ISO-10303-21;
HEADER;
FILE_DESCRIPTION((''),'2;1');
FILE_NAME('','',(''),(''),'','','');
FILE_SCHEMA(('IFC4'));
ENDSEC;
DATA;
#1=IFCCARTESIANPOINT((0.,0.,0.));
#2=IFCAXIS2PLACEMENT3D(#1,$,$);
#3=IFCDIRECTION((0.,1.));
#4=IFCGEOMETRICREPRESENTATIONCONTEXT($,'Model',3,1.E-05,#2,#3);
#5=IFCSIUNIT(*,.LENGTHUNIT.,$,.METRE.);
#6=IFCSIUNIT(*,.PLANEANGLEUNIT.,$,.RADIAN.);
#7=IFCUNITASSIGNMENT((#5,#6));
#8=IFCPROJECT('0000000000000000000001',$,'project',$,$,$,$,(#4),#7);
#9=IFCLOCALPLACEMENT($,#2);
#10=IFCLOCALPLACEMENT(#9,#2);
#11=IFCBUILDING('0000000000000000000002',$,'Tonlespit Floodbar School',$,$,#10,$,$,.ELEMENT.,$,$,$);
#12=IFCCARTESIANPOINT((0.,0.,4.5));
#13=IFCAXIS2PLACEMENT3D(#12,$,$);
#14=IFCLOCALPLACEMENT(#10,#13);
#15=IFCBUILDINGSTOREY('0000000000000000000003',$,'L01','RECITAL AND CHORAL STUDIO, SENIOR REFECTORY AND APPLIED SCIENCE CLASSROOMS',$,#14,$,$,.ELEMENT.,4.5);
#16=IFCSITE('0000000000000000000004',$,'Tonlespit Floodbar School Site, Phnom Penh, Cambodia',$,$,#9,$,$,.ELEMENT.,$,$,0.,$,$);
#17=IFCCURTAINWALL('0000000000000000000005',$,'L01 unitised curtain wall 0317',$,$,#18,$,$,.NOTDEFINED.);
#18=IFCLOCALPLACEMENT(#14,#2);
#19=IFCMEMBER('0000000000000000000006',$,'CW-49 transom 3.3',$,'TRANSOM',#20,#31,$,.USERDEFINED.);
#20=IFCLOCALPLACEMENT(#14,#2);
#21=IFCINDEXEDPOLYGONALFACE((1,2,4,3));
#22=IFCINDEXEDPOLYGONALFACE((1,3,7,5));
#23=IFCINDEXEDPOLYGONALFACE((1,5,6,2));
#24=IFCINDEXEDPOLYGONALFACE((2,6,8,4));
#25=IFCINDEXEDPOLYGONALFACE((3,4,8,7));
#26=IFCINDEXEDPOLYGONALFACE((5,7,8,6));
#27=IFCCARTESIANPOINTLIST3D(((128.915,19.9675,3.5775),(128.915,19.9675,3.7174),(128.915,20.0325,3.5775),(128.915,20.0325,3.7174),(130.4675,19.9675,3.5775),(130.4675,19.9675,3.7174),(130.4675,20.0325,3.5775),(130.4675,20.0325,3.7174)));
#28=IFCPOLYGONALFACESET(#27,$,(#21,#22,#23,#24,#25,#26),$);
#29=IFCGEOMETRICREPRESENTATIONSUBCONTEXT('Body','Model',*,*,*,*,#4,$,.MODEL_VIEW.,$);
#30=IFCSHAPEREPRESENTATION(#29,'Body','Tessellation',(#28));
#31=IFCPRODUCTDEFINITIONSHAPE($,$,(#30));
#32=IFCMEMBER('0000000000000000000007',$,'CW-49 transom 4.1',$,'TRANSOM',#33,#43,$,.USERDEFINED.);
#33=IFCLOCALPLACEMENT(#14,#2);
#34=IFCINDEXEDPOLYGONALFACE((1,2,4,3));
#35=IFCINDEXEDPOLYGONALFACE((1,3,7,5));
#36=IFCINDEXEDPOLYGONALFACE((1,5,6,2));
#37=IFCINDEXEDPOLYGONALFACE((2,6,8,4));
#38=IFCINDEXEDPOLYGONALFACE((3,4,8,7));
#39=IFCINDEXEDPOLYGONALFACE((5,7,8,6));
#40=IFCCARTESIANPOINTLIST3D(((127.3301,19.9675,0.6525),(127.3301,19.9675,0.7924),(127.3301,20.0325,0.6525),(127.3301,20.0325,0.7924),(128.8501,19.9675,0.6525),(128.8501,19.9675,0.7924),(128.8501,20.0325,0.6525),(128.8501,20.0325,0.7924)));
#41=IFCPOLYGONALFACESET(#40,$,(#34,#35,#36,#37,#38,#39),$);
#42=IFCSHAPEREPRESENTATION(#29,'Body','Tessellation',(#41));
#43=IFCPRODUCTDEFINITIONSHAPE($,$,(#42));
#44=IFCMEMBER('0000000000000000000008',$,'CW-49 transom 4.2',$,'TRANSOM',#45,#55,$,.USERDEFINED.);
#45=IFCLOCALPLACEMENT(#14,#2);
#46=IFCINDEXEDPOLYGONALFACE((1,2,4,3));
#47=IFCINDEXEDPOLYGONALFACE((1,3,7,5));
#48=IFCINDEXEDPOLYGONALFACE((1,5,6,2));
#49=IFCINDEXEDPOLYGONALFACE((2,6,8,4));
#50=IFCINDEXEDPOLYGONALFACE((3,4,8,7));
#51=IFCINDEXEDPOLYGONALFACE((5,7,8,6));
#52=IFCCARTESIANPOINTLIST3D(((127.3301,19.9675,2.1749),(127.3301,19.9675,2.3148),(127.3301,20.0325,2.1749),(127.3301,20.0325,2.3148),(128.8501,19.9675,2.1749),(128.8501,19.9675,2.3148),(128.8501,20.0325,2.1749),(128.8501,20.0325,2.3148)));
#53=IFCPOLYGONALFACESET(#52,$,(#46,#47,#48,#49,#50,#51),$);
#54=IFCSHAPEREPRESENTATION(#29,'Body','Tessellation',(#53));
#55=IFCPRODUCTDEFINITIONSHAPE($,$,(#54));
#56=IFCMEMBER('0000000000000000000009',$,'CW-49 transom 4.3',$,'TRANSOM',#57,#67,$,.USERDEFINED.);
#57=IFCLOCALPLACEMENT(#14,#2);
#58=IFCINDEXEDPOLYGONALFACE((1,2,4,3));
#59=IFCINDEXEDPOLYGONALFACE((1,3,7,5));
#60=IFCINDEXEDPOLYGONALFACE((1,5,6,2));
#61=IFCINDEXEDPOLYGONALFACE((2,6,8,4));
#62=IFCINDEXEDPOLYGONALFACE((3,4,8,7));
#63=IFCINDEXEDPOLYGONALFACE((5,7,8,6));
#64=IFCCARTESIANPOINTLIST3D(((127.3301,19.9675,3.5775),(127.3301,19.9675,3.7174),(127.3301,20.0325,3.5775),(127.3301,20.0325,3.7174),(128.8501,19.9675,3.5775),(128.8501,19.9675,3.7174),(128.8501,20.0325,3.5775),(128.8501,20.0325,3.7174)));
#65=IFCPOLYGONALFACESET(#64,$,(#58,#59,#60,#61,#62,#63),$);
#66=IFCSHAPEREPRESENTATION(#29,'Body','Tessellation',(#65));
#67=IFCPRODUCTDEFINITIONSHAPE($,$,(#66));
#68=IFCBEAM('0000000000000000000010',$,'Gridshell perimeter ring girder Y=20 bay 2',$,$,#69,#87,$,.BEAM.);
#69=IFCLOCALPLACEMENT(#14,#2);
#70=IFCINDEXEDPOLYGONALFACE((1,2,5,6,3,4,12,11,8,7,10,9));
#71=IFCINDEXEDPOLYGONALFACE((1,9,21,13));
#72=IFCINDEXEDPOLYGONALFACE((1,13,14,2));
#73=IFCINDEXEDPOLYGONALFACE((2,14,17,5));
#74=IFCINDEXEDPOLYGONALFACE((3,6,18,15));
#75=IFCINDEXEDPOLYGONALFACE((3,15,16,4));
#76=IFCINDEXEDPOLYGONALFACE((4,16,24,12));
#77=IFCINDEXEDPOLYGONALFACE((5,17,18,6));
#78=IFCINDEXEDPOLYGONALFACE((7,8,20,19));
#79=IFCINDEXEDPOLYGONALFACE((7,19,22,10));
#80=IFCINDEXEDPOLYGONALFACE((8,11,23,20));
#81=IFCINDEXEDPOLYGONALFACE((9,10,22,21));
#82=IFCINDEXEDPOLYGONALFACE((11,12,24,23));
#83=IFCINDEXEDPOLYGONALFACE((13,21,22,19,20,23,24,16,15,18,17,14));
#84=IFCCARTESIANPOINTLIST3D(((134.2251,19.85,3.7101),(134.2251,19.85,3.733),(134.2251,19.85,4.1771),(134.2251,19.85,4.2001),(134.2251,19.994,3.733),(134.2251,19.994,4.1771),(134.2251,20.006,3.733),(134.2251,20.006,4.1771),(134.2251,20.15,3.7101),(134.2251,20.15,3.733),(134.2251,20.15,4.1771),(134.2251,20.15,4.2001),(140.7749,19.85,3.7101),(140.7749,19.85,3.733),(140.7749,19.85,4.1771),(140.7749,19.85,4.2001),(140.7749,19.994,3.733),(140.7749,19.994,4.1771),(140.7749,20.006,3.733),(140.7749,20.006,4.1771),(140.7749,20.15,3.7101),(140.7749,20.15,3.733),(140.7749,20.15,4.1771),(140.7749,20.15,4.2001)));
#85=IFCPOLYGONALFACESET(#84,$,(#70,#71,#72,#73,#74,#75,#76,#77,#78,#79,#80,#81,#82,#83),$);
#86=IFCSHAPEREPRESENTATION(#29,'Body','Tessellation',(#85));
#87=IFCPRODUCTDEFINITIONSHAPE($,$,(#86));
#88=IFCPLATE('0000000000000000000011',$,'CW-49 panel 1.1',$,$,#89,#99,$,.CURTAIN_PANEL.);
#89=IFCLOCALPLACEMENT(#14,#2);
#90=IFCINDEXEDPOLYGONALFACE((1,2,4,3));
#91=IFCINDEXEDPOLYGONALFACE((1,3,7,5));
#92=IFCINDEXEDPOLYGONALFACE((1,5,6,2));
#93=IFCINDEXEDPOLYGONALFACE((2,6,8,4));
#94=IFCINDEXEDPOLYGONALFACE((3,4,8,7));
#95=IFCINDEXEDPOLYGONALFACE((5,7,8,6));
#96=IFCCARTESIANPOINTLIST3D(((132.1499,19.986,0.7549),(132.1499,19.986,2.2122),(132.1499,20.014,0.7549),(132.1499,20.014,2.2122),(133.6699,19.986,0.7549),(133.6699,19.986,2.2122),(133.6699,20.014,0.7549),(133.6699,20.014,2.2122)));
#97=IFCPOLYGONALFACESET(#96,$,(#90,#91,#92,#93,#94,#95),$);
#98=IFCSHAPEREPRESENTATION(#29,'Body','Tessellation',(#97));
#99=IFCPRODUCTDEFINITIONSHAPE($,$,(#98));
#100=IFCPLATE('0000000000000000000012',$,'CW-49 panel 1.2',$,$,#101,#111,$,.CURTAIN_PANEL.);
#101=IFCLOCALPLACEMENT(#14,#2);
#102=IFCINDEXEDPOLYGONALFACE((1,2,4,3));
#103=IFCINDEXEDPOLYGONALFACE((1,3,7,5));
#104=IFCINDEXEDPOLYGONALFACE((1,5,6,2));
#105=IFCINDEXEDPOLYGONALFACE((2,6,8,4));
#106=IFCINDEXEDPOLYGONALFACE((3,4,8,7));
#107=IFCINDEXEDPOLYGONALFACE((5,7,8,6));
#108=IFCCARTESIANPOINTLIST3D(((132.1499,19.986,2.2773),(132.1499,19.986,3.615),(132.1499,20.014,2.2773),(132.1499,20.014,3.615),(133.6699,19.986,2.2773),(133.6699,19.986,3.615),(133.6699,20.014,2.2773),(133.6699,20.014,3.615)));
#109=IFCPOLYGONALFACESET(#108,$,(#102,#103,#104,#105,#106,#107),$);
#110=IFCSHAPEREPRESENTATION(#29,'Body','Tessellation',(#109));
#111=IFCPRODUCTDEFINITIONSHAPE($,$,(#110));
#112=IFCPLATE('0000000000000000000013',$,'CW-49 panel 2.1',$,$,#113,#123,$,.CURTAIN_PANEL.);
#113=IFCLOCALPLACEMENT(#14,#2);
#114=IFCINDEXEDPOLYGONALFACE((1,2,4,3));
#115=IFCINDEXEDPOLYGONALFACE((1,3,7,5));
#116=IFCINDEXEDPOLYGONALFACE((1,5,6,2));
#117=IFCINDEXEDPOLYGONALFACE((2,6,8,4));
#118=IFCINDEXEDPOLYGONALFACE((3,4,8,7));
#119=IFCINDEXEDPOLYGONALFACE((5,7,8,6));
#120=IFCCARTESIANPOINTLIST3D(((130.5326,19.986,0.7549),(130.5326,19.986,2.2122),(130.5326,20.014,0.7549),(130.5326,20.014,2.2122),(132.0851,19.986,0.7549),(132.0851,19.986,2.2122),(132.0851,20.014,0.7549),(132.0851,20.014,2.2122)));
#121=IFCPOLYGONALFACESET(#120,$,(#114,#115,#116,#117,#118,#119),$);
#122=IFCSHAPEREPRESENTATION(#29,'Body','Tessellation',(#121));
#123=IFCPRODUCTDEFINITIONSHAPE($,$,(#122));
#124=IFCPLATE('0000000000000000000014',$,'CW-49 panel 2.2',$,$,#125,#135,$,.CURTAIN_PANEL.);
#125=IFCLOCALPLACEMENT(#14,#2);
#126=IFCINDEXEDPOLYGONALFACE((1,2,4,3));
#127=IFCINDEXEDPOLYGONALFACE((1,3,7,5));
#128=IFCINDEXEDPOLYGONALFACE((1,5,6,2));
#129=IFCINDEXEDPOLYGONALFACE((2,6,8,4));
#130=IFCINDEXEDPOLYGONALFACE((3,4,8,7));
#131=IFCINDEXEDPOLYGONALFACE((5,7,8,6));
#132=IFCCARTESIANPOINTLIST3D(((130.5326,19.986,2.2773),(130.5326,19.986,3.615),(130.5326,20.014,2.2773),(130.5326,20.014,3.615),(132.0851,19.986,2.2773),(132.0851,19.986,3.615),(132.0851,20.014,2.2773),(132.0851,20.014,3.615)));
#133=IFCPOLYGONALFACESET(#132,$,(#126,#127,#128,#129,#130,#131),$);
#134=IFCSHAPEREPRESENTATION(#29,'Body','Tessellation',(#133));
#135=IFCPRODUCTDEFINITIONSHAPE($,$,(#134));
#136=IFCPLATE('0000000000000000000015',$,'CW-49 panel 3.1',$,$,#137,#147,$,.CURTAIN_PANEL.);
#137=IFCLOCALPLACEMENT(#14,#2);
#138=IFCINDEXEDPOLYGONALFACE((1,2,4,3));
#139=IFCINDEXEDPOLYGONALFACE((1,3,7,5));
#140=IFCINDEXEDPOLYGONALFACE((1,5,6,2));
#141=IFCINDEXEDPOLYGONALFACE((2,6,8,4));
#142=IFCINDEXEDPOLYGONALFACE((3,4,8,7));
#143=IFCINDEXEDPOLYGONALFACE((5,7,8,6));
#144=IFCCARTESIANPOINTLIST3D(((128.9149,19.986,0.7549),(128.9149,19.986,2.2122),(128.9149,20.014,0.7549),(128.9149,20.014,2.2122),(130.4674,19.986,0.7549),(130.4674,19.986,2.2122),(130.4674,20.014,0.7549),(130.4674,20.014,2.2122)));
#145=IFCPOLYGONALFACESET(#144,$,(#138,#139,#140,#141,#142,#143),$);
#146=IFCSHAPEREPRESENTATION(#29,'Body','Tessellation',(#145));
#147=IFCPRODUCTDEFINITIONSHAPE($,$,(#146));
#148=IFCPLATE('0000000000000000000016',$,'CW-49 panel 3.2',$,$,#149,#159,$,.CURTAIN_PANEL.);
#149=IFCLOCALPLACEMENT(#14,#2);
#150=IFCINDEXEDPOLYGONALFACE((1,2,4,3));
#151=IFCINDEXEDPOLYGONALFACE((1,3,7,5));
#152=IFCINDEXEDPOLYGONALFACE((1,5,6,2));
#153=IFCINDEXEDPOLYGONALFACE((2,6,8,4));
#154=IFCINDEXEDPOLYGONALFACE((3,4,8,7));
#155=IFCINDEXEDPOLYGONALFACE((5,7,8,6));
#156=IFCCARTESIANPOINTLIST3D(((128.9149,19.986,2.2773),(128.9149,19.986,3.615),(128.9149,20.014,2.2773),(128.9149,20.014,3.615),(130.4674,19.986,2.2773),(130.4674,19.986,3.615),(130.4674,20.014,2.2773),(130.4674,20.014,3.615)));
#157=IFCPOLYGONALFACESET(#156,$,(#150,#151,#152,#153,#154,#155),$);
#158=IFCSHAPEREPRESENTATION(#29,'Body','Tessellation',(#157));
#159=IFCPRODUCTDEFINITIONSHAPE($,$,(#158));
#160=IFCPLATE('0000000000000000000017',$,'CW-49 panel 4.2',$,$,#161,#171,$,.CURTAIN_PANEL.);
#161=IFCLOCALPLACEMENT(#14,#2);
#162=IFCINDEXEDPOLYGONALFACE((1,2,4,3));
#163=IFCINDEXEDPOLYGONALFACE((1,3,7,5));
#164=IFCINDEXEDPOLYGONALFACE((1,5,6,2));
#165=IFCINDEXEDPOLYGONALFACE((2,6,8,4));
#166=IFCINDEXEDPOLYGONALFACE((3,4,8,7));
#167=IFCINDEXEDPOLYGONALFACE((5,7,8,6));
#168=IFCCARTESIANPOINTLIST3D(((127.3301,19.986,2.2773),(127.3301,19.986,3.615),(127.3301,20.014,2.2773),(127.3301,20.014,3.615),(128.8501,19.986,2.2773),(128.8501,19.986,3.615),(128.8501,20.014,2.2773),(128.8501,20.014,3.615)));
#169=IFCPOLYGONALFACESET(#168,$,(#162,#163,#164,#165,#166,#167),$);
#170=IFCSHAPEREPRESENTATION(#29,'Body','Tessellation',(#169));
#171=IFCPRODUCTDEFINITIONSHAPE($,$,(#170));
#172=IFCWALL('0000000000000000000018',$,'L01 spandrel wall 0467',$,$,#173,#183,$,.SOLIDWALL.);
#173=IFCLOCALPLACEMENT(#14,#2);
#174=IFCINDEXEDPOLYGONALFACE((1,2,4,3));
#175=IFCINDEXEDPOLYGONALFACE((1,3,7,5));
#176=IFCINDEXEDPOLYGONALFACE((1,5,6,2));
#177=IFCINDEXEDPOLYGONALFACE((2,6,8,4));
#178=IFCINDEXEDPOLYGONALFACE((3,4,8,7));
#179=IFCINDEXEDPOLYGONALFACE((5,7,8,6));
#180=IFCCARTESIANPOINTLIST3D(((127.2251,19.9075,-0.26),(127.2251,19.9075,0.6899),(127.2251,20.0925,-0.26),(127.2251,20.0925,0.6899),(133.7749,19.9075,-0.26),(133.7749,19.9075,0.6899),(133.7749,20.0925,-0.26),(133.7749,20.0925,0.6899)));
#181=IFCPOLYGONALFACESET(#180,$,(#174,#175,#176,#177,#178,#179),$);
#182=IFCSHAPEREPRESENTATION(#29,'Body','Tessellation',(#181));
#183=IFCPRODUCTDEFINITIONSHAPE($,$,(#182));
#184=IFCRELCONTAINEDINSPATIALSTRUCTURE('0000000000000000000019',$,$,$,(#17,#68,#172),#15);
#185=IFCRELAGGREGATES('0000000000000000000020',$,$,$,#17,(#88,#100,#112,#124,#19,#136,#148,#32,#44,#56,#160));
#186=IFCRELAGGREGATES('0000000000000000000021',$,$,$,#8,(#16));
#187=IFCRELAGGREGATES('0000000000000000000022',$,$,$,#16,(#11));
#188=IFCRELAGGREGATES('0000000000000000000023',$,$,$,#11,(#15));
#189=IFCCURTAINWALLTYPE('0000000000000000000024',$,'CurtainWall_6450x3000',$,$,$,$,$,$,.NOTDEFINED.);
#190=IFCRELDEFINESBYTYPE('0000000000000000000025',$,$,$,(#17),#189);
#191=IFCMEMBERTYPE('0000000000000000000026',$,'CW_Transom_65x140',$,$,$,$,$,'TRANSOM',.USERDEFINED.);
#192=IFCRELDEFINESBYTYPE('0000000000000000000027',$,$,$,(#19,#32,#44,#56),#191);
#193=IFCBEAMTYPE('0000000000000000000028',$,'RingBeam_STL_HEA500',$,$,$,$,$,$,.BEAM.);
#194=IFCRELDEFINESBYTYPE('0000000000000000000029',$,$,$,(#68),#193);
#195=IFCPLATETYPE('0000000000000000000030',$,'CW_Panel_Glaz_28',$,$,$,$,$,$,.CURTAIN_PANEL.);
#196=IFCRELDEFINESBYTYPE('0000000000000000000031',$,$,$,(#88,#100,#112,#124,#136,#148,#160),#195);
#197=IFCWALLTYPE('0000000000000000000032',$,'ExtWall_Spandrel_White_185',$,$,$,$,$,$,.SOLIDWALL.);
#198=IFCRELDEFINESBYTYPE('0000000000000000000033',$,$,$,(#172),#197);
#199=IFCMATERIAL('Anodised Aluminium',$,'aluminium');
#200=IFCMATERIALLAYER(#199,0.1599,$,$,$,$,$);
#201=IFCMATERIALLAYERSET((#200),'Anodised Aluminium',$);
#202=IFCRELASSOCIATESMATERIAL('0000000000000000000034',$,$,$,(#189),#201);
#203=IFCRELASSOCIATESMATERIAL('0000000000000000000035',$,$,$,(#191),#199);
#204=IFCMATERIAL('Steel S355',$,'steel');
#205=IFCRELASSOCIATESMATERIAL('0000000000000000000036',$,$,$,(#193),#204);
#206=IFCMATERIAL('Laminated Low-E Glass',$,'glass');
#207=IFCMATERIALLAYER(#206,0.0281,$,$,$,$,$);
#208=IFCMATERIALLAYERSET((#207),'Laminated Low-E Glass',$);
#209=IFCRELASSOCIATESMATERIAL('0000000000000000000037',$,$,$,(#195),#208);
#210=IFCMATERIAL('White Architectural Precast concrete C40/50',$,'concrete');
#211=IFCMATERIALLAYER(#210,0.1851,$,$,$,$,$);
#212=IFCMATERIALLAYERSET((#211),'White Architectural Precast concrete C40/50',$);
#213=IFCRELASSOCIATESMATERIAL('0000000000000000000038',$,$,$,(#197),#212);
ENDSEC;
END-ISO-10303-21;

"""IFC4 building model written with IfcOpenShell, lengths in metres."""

from ifc_helpers import new_model, si_unit, direction, frame, frame_2d, origin, origin_2d, place, context, subcontext, project, spatial, rectangle, i_section, extrude, material, layer, layer_set, material_profile, profile_set, type_object, element, aggregate, save


model = new_model("IFC4")

# Units and contexts
model_context = context("Model", 3, precision=1e-05, world=origin(), true_north=direction((0.0, 1.0)))
body_context = subcontext(model_context, "Body", "Model", "MODEL_VIEW")
ifc_project = project(units=[si_unit("LENGTHUNIT", "METRE"), si_unit("PLANEANGLEUNIT", "RADIAN")], contexts=[model_context])

# Site, building, storey
site_placement = place(None, origin())
site = spatial("IfcSite", under=ifc_project, at=site_placement, Name="Tonlespit Floodbar School Site, Phnom Penh, Cambodia", CompositionType="ELEMENT", RefElevation=0.0)
building_placement = place(site_placement, origin())
building = spatial("IfcBuilding", under=site, at=building_placement, Name="Tonlespit Floodbar School", CompositionType="ELEMENT")
storey_placement = place(building_placement, frame((0.0, 0.0, 4.5)))
storey = spatial("IfcBuildingStorey", under=building, at=storey_placement, Name="L01", Description="RECITAL AND CHORAL STUDIO, SENIOR REFECTORY AND APPLIED SCIENCE CLASSROOMS", CompositionType="ELEMENT", Elevation=4.5)

# Shared definitions
ifc_material_1 = material(Name="Anodised Aluminium", Category="aluminium")
ifc_layer_1 = layer(ifc_material_1, 0.1599)
ifc_layer_set_1 = layer_set([ifc_layer_1], Name="Anodised Aluminium")
curtain_wall_type = type_object("IfcCurtainWallType", Name="CurtainWall_6450x3000", PredefinedType="NOTDEFINED", material=ifc_layer_set_1)

# Curtain wall, members
curtain_wall_1_placement = place(storey_placement, origin())
curtain_wall_1 = element("IfcCurtainWall", 1, at=curtain_wall_1_placement, inside=storey, type_object=curtain_wall_type, Name="L01 unitised curtain wall 0317", PredefinedType="NOTDEFINED")
ifc_material_profile_1 = material_profile(ifc_material_1, rectangle(XDim=0.0649, YDim=0.1399, at=origin_2d()), Name="ALU T65x140")
ifc_profile_set_1 = profile_set([ifc_material_profile_1], Name="Anodised Aluminium")
member_type_1 = type_object("IfcMemberType", Name="CW_Transom_65x140", ElementType="TRANSOM", PredefinedType="USERDEFINED", material=ifc_profile_set_1)
member_1_placement = place(storey_placement, frame((130.4675, 20.0, 3.6475), z_axis=(-1.0, 0.0, 0.0), x_axis=(0.0, -1.0, 0.0)))
member_1 = element("IfcMember", 2, at=member_1_placement, type_object=member_type_1, Name="CW-49 transom 3.3", ObjectType="TRANSOM", PredefinedType="USERDEFINED", context=body_context, shape_type="SweptSolid", body=[
    extrude(rectangle(XDim=0.0649, YDim=0.1399, at=origin_2d()), origin(), (0.0, 0.0, 1.0), 1.5525),
])
member_2_placement = place(storey_placement, frame((128.8501, 20.0, 0.7224), z_axis=(-1.0, 0.0, 0.0), x_axis=(0.0, -1.0, 0.0)))
member_2 = element("IfcMember", 3, at=member_2_placement, type_object=member_type_1, Name="CW-49 transom 4.1", ObjectType="TRANSOM", PredefinedType="USERDEFINED", context=body_context, shape_type="SweptSolid", body=[
    extrude(rectangle(XDim=0.0649, YDim=0.1399, at=origin_2d()), origin(), (0.0, 0.0, 1.0), 1.52),
])
member_3_placement = place(storey_placement, frame((128.8501, 20.0, 2.2449), z_axis=(-1.0, 0.0, 0.0), x_axis=(0.0, -1.0, 0.0)))
member_3 = element("IfcMember", 4, at=member_3_placement, type_object=member_type_1, Name="CW-49 transom 4.2", ObjectType="TRANSOM", PredefinedType="USERDEFINED", context=body_context, shape_type="SweptSolid", body=[
    extrude(rectangle(XDim=0.0649, YDim=0.1399, at=origin_2d()), origin(), (0.0, 0.0, 1.0), 1.52),
])
member_4_placement = place(storey_placement, frame((128.8501, 20.0, 3.6475), z_axis=(-1.0, 0.0, 0.0), x_axis=(0.0, -1.0, 0.0)))
member_4 = element("IfcMember", 5, at=member_4_placement, type_object=member_type_1, Name="CW-49 transom 4.3", ObjectType="TRANSOM", PredefinedType="USERDEFINED", context=body_context, shape_type="SweptSolid", body=[
    extrude(rectangle(XDim=0.0649, YDim=0.1399, at=origin_2d()), origin(), (0.0, 0.0, 1.0), 1.52),
])

# Beam
ifc_material_2 = material(Name="Steel S355", Category="steel")
ifc_material_profile_2 = material_profile(ifc_material_2, i_section(OverallWidth=0.3, OverallDepth=0.49, WebThickness=0.012, FlangeThickness=0.0229, at=origin_2d()), Name="HEA 500")
ifc_profile_set_2 = profile_set([ifc_material_profile_2], Name="Steel S355")
beam_type = type_object("IfcBeamType", Name="RingBeam_STL_HEA500", PredefinedType="BEAM", material=ifc_profile_set_2)
beam_placement = place(storey_placement, frame((134.2251, 20.0, 3.9551), z_axis=(1.0, 0.0, 0.0), x_axis=(0.0, 1.0, 0.0)))
element("IfcBeam", 6, at=beam_placement, inside=storey, type_object=beam_type, Name="Gridshell perimeter ring girder Y=20 bay 2", PredefinedType="BEAM", context=body_context, shape_type="SweptSolid", body=[
    extrude(i_section(OverallWidth=0.3, OverallDepth=0.49, WebThickness=0.012, FlangeThickness=0.0229, at=origin_2d()), origin(), (0.0, 0.0, 1.0), 6.5498),
])

# Plates
ifc_material_3 = material(Name="Laminated Low-E Glass", Category="glass")
ifc_layer_2 = layer(ifc_material_3, 0.0281)
ifc_layer_set_2 = layer_set([ifc_layer_2], Name="Laminated Low-E Glass")
plate_type = type_object("IfcPlateType", Name="CW_Panel_Glaz_28", PredefinedType="CURTAIN_PANEL", material=ifc_layer_set_2)
plate_1_placement = place(storey_placement, frame((132.9099, 20.0, 0.7549), z_axis=(0.0, 0.0, 1.0), x_axis=(-1.0, 0.0, 0.0)))
plate_1 = element("IfcPlate", 7, at=plate_1_placement, type_object=plate_type, Name="CW-49 panel 1.1", PredefinedType="CURTAIN_PANEL", context=body_context, shape_type="SweptSolid", body=[
    extrude(rectangle(XDim=1.52, YDim=0.0281, at=origin_2d()), origin(), (0.0, 0.0, 1.0), 1.4573),
])
plate_2_placement = place(storey_placement, frame((132.9099, 20.0, 2.2773), z_axis=(0.0, 0.0, 1.0), x_axis=(-1.0, 0.0, 0.0)))
plate_2 = element("IfcPlate", 8, at=plate_2_placement, type_object=plate_type, Name="CW-49 panel 1.2", PredefinedType="CURTAIN_PANEL", context=body_context, shape_type="SweptSolid", body=[
    extrude(rectangle(XDim=1.52, YDim=0.0281, at=origin_2d()), origin(), (0.0, 0.0, 1.0), 1.3376),
])
plate_3_placement = place(storey_placement, frame((131.3088, 20.0, 0.7549), z_axis=(0.0, 0.0, 1.0), x_axis=(-1.0, 0.0, 0.0)))
plate_3 = element("IfcPlate", 9, at=plate_3_placement, type_object=plate_type, Name="CW-49 panel 2.1", PredefinedType="CURTAIN_PANEL", context=body_context, shape_type="SweptSolid", body=[
    extrude(rectangle(XDim=1.5525, YDim=0.0281, at=origin_2d()), origin(), (0.0, 0.0, 1.0), 1.4573),
])
plate_4_placement = place(storey_placement, frame((131.3088, 20.0, 2.2773), z_axis=(0.0, 0.0, 1.0), x_axis=(-1.0, 0.0, 0.0)))
plate_4 = element("IfcPlate", 10, at=plate_4_placement, type_object=plate_type, Name="CW-49 panel 2.2", PredefinedType="CURTAIN_PANEL", context=body_context, shape_type="SweptSolid", body=[
    extrude(rectangle(XDim=1.5525, YDim=0.0281, at=origin_2d()), origin(), (0.0, 0.0, 1.0), 1.3376),
])
plate_5_placement = place(storey_placement, frame((129.6912, 20.0, 0.7549), z_axis=(0.0, 0.0, 1.0), x_axis=(-1.0, 0.0, 0.0)))
plate_5 = element("IfcPlate", 11, at=plate_5_placement, type_object=plate_type, Name="CW-49 panel 3.1", PredefinedType="CURTAIN_PANEL", context=body_context, shape_type="SweptSolid", body=[
    extrude(rectangle(XDim=1.5525, YDim=0.0281, at=origin_2d()), origin(), (0.0, 0.0, 1.0), 1.4573),
])
plate_6_placement = place(storey_placement, frame((129.6912, 20.0, 2.2773), z_axis=(0.0, 0.0, 1.0), x_axis=(-1.0, 0.0, 0.0)))
plate_6 = element("IfcPlate", 12, at=plate_6_placement, type_object=plate_type, Name="CW-49 panel 3.2", PredefinedType="CURTAIN_PANEL", context=body_context, shape_type="SweptSolid", body=[
    extrude(rectangle(XDim=1.5525, YDim=0.0281, at=origin_2d()), origin(), (0.0, 0.0, 1.0), 1.3376),
])
plate_7_placement = place(storey_placement, frame((128.0901, 20.0, 2.2773), z_axis=(0.0, 0.0, 1.0), x_axis=(-1.0, 0.0, 0.0)))
plate_7 = element("IfcPlate", 13, at=plate_7_placement, type_object=plate_type, Name="CW-49 panel 4.2", PredefinedType="CURTAIN_PANEL", context=body_context, shape_type="SweptSolid", body=[
    extrude(rectangle(XDim=1.52, YDim=0.0281, at=origin_2d()), origin(), (0.0, 0.0, 1.0), 1.3376),
])
aggregate(curtain_wall_1, [plate_1, plate_2, plate_3, plate_4, member_1, plate_5, plate_6, member_2, member_3, member_4, plate_7])

# Wall
ifc_material_4 = material(Name="White Architectural Precast concrete C40/50", Category="concrete")
ifc_layer_3 = layer(ifc_material_4, 0.1851)
ifc_layer_set_3 = layer_set([ifc_layer_3], Name="White Architectural Precast concrete C40/50")
wall_type = type_object("IfcWallType", Name="ExtWall_Spandrel_White_185", PredefinedType="SOLIDWALL", material=ifc_layer_set_3)
wall_placement = place(storey_placement, frame((133.7749, 20.0, -0.26), z_axis=(0.0, 0.0, 1.0), x_axis=(-1.0, 0.0, 0.0)))
element("IfcWall", 14, at=wall_placement, inside=storey, type_object=wall_type, Name="L01 spandrel wall 0467", PredefinedType="SOLIDWALL", context=body_context, shape_type="SweptSolid", body=[
    extrude(rectangle(XDim=6.5498, YDim=0.1851, at=frame_2d((3.2749, 0.0))), origin(), (0.0, 0.0, 1.0), 0.95),
])

save(model, "model.ifc")
